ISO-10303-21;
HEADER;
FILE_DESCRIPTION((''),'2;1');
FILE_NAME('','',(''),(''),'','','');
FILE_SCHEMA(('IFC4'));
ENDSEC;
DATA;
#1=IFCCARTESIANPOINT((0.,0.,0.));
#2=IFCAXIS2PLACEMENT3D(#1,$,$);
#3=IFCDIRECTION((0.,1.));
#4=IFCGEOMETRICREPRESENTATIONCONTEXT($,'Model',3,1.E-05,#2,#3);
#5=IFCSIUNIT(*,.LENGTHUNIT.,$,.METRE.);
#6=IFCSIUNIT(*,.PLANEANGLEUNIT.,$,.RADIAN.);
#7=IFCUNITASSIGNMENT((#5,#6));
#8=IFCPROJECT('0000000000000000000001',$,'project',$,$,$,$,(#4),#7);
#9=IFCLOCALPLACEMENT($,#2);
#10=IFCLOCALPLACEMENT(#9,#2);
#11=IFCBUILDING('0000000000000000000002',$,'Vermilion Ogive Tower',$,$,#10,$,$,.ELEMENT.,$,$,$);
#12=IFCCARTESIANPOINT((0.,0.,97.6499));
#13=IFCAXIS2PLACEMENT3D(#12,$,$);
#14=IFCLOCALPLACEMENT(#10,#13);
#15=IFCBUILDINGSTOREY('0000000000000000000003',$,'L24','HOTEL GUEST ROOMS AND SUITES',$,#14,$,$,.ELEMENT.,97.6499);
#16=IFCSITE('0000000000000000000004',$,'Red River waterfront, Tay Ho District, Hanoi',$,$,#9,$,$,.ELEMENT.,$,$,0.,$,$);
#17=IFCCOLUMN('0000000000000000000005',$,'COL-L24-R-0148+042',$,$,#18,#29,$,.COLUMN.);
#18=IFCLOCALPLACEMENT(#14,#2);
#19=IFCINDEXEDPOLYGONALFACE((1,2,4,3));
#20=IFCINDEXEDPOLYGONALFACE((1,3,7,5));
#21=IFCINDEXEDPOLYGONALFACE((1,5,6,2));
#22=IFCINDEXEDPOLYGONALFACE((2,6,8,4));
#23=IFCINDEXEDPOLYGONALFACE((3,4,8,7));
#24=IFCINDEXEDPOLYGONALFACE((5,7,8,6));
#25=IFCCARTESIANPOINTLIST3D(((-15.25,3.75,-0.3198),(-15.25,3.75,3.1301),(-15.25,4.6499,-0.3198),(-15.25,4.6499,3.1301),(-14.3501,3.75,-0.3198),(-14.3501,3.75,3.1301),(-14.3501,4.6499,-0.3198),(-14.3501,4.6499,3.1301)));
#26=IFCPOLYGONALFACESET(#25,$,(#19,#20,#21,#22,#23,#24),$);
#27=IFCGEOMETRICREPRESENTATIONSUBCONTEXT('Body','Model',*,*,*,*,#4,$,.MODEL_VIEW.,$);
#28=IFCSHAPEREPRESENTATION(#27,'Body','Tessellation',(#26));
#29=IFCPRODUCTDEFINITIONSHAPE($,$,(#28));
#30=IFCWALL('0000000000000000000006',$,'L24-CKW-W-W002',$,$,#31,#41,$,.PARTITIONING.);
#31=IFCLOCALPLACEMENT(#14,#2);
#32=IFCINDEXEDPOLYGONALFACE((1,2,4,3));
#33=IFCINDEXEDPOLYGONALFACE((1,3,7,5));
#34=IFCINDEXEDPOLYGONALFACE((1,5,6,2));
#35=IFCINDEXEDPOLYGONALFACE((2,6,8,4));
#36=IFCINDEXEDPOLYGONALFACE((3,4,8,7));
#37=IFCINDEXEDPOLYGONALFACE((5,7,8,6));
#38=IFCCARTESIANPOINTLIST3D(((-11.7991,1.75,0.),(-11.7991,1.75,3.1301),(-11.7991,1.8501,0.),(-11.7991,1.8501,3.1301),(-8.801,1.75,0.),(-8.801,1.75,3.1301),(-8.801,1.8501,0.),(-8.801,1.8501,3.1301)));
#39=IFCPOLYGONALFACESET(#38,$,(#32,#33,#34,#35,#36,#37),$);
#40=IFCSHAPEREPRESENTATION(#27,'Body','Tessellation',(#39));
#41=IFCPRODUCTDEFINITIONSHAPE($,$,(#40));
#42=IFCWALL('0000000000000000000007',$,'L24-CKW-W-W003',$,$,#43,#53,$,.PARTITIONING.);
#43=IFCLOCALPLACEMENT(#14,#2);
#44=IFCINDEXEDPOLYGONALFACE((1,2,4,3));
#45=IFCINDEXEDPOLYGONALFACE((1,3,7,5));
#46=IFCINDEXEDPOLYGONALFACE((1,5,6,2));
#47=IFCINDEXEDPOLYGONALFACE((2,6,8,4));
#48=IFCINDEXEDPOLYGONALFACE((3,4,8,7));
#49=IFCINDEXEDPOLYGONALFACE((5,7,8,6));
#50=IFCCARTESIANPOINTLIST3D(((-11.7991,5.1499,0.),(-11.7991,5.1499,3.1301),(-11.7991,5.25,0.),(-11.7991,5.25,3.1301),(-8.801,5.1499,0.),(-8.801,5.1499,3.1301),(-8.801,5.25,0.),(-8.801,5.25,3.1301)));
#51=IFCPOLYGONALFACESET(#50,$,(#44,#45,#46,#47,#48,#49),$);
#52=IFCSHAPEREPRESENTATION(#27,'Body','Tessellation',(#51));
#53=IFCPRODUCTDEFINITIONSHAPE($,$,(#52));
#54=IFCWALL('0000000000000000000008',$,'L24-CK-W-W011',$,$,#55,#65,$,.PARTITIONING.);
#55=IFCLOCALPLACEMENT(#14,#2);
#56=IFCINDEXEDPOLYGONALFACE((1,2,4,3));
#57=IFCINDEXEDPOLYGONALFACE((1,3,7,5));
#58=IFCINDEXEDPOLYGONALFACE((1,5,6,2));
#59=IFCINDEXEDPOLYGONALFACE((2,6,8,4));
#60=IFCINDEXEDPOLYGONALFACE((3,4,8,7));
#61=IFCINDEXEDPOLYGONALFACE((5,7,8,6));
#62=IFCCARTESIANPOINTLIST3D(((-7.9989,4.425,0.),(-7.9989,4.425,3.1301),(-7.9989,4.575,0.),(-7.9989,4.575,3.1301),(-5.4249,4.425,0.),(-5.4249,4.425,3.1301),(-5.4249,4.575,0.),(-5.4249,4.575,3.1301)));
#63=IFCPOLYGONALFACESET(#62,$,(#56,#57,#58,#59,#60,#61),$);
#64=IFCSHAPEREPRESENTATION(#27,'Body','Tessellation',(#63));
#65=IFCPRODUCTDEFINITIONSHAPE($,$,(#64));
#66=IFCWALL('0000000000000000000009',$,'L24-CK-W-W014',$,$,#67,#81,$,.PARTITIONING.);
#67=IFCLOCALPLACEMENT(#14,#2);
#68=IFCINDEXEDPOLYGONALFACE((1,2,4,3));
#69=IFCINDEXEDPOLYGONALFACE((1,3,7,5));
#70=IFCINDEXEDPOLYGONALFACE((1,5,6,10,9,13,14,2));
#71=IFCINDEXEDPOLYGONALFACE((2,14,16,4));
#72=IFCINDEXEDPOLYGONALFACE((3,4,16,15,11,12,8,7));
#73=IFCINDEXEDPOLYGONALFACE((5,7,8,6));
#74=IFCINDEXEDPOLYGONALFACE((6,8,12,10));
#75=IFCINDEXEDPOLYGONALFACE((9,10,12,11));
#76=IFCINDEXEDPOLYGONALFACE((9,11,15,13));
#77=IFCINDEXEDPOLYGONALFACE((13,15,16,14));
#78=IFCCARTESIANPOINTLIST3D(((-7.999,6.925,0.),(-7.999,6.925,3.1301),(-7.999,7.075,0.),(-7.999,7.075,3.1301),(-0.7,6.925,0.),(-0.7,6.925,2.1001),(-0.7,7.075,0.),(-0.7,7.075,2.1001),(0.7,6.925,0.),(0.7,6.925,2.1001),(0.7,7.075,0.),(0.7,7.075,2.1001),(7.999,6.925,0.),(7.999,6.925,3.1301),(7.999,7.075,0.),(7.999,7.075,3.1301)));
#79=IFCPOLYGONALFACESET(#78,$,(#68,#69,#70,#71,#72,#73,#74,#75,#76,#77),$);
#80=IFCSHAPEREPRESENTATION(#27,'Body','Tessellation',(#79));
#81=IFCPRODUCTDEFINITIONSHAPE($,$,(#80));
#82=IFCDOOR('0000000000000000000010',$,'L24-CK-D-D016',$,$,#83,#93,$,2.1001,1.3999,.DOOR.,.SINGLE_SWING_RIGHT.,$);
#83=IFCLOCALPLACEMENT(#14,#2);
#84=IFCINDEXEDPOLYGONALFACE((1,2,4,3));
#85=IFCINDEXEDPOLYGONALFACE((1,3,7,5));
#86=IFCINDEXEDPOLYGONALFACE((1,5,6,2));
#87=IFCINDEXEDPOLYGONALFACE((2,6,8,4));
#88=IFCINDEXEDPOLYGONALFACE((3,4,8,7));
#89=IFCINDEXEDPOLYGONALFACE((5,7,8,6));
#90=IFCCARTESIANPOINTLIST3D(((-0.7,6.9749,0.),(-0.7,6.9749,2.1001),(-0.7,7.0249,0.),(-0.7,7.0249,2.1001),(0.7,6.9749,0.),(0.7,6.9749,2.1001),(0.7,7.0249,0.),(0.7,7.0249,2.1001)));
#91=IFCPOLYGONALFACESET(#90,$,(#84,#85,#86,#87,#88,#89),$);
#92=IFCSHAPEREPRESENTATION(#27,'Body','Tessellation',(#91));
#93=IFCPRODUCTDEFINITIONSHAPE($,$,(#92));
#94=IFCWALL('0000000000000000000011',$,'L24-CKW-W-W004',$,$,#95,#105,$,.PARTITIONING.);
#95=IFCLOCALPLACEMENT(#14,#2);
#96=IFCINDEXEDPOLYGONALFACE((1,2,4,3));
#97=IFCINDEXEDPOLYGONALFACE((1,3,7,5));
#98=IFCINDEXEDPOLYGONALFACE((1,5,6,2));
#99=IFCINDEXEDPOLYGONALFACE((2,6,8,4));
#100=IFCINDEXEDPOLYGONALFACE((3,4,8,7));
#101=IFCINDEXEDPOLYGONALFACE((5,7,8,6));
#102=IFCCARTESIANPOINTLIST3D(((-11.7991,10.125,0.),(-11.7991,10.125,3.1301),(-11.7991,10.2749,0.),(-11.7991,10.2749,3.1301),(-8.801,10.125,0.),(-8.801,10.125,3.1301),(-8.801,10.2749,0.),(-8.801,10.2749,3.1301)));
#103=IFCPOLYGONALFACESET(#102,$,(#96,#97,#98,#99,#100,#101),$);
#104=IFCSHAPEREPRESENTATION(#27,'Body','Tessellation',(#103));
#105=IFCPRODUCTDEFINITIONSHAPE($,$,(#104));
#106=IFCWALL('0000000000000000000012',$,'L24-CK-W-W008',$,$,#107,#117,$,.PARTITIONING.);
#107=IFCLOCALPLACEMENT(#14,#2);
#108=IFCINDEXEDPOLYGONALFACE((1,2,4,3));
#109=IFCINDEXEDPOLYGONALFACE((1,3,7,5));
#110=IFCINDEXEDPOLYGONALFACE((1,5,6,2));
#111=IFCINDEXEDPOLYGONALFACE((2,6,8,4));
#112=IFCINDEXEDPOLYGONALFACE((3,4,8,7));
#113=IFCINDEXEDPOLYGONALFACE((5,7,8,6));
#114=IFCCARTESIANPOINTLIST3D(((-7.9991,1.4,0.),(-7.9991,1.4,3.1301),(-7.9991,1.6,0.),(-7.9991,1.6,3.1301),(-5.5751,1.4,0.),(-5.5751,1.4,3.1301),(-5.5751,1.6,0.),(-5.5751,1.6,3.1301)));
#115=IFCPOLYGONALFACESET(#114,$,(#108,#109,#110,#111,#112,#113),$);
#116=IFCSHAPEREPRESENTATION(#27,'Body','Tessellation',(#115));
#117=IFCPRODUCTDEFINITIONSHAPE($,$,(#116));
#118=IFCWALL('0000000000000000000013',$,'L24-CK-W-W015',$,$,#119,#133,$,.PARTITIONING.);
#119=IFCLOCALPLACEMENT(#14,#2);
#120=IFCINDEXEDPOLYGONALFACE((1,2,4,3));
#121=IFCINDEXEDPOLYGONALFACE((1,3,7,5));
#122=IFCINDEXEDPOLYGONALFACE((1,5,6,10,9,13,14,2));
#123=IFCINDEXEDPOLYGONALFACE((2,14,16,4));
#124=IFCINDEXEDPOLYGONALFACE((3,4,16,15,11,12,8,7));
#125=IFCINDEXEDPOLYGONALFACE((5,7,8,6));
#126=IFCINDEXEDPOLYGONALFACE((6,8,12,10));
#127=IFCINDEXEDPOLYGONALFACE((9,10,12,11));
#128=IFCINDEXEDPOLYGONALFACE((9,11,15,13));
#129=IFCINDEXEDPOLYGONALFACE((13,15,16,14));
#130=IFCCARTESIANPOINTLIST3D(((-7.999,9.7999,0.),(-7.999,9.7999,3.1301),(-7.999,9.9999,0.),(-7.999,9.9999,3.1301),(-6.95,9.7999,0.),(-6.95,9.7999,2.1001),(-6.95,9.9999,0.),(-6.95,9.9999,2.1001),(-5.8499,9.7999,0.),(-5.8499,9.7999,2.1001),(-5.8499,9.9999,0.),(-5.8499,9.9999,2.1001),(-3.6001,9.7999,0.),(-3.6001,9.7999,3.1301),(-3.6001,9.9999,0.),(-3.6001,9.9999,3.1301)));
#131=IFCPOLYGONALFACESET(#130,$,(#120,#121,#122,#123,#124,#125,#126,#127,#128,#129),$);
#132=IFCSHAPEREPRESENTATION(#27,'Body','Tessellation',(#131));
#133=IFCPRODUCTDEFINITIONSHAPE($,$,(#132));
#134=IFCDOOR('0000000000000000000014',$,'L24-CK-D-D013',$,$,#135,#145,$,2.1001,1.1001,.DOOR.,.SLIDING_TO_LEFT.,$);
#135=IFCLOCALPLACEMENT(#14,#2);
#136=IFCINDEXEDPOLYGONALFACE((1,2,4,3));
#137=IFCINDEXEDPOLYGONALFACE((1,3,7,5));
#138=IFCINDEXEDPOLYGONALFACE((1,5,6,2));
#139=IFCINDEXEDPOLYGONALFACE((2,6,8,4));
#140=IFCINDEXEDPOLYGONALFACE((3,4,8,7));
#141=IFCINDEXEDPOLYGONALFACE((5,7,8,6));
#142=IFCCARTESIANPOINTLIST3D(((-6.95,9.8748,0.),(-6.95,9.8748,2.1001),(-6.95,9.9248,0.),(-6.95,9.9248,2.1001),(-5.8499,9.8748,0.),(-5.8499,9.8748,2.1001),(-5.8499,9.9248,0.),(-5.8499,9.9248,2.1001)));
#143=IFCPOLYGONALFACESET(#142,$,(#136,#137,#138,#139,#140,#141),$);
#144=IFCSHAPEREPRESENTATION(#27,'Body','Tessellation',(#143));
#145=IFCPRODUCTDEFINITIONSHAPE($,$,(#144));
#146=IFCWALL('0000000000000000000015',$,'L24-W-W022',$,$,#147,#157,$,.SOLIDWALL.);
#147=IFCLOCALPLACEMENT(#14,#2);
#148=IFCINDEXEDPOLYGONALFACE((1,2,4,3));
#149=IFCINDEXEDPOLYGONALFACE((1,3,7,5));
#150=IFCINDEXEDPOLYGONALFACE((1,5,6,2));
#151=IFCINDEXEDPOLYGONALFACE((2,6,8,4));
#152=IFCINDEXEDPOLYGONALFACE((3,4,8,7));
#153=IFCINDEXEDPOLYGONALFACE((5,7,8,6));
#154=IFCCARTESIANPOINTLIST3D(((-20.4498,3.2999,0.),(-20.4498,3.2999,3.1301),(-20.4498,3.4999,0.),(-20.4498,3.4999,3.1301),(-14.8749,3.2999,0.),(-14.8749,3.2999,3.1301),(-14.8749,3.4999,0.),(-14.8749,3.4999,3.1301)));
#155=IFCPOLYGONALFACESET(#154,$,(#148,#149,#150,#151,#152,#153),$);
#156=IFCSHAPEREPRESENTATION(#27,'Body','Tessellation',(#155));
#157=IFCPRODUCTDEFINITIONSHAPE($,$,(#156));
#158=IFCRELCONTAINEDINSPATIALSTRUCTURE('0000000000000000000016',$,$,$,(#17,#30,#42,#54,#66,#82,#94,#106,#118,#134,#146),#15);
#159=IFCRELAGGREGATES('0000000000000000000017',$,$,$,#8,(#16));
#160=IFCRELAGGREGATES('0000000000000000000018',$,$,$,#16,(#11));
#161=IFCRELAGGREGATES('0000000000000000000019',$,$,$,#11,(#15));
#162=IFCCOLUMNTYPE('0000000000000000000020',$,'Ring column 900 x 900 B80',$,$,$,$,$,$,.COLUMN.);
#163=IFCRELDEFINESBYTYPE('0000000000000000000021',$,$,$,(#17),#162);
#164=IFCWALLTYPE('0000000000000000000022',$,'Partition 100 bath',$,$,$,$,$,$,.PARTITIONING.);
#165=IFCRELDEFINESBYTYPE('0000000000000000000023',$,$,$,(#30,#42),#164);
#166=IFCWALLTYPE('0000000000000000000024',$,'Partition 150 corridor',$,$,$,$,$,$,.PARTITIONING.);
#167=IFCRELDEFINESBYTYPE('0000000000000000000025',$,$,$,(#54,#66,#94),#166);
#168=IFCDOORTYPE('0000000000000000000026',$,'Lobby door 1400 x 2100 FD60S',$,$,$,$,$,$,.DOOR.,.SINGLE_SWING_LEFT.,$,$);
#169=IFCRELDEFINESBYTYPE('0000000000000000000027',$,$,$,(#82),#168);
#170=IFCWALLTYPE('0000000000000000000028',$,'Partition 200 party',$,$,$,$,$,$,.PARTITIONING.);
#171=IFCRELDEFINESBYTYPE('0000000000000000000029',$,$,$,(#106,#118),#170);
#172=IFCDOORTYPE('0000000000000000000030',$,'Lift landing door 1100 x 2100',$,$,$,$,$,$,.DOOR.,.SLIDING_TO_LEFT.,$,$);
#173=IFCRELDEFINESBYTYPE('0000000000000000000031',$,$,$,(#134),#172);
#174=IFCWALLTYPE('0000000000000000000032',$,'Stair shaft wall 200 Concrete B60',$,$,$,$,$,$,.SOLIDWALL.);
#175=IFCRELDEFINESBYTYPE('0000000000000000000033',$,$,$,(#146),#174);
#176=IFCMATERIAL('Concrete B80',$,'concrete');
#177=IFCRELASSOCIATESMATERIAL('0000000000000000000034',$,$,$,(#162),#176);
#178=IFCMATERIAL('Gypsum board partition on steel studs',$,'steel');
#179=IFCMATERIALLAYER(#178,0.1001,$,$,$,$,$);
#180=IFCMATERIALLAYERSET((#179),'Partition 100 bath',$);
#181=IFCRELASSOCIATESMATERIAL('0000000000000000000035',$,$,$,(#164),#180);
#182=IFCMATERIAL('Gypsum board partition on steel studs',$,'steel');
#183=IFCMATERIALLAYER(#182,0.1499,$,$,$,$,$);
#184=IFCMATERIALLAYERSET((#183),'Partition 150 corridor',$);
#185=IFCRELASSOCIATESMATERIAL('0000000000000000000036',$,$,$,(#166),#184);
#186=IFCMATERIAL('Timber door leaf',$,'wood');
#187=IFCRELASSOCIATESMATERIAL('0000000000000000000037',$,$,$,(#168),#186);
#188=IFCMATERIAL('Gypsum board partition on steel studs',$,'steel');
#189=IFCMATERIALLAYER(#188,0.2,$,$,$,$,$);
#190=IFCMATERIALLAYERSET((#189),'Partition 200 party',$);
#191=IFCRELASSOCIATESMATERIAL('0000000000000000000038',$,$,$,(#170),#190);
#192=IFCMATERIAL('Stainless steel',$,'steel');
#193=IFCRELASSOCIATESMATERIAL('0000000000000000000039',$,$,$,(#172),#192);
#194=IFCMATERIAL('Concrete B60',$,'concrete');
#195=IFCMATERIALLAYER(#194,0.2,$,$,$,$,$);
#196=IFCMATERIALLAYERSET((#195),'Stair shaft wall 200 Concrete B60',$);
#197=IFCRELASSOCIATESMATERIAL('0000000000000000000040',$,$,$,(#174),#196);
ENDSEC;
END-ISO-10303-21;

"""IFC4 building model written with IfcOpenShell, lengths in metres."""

from ifc_helpers import new_model, si_unit, direction, frame, frame_2d, origin, origin_2d, place, context, subcontext, project, spatial, rectangle, extrude, material, layer, layer_set, material_profile, profile_set, type_object, element, fill, save


model = new_model("IFC4")

# Units and contexts
model_context = context("Model", 3, precision=1e-05, world=origin(), true_north=direction((0.0, 1.0)))
body_context = subcontext(model_context, "Body", "Model", "MODEL_VIEW")
ifc_project = project(units=[si_unit("LENGTHUNIT", "METRE"), si_unit("PLANEANGLEUNIT", "RADIAN")], contexts=[model_context])

# Site, building, storey
site_placement = place(None, origin())
site = spatial("IfcSite", under=ifc_project, at=site_placement, Name="Red River waterfront, Tay Ho District, Hanoi", CompositionType="ELEMENT", RefElevation=0.0)
building_placement = place(site_placement, origin())
building = spatial("IfcBuilding", under=site, at=building_placement, Name="Vermilion Ogive Tower", CompositionType="ELEMENT")
storey_placement = place(building_placement, frame((0.0, 0.0, 97.6499)))
storey = spatial("IfcBuildingStorey", under=building, at=storey_placement, Name="L24", Description="HOTEL GUEST ROOMS AND SUITES", CompositionType="ELEMENT", Elevation=97.6499)

# Column
ifc_material_1 = material(Name="Concrete B80", Category="concrete")
ifc_material_profile = material_profile(ifc_material_1, rectangle(XDim=0.8999, YDim=0.8999, at=origin_2d()), Name="900 x 900")
ifc_profile_set = profile_set([ifc_material_profile], Name="Concrete B80")
column_type = type_object("IfcColumnType", Name="Ring column 900 x 900 B80", PredefinedType="COLUMN", material=ifc_profile_set)
column_placement = place(storey_placement, frame((-14.8, 4.2, -0.3198), z_axis=(0.0, 0.0, 1.0), x_axis=(1.0, 0.0, 0.0)))
element("IfcColumn", 1, at=column_placement, inside=storey, type_object=column_type, Name="COL-L24-R-0148+042", PredefinedType="COLUMN", context=body_context, shape_type="SweptSolid", body=[
    extrude(rectangle(XDim=0.8999, YDim=0.8999, at=origin_2d()), origin(), (0.0, 0.0, 1.0), 3.45),
])

# Walls
ifc_material_2 = material(Name="Gypsum board partition on steel studs", Category="steel")
ifc_layer_1 = layer(ifc_material_2, 0.1001)
ifc_layer_set_1 = layer_set([ifc_layer_1], Name="Partition 100 bath")
wall_type_1 = type_object("IfcWallType", Name="Partition 100 bath", PredefinedType="PARTITIONING", material=ifc_layer_set_1)
for number, where, z_axis, x_axis, name in (
    (2, (-11.7991, 1.8, 0.0), (0.0, 0.0, 1.0), (1.0, 0.0, 0.0), "L24-CKW-W-W002"),
    (3, (-11.7991, 5.2, 0.0), (0.0, 0.0, 1.0), (1.0, 0.0, 0.0), "L24-CKW-W-W003"),
):
    element("IfcWall", number, at=place(storey_placement, frame(where, z_axis=z_axis, x_axis=x_axis)), inside=storey, type_object=wall_type_1, Name=name, PredefinedType="PARTITIONING", context=body_context, shape_type="SweptSolid", body=[
        extrude(rectangle(XDim=2.998, YDim=0.1001, at=frame_2d((1.499, 0.0))), origin(), (0.0, 0.0, 1.0), 3.1301),
    ])
ifc_material_3 = material(Name="Gypsum board partition on steel studs", Category="steel")
ifc_layer_2 = layer(ifc_material_3, 0.1499)
ifc_layer_set_2 = layer_set([ifc_layer_2], Name="Partition 150 corridor")
wall_type_2 = type_object("IfcWallType", Name="Partition 150 corridor", PredefinedType="PARTITIONING", material=ifc_layer_set_2)
wall_1_placement = place(storey_placement, frame((-7.999, 4.5, 0.0), z_axis=(0.0, 0.0, 1.0), x_axis=(1.0, 0.0, 0.0)))
element("IfcWall", 4, at=wall_1_placement, inside=storey, type_object=wall_type_2, Name="L24-CK-W-W011", PredefinedType="PARTITIONING", context=body_context, shape_type="SweptSolid", body=[
    extrude(rectangle(XDim=2.574, YDim=0.1499, at=frame_2d((1.2871, 0.0))), origin(), (0.0, 0.0, 1.0), 3.1301),
])

# Wall, opening, door
wall_2_placement = place(storey_placement, frame((-7.999, 7.0, 0.0), z_axis=(0.0, 0.0, 1.0), x_axis=(1.0, 0.0, 0.0)))
wall_2 = element("IfcWall", 5, at=wall_2_placement, inside=storey, type_object=wall_type_2, Name="L24-CK-W-W014", PredefinedType="PARTITIONING", context=body_context, shape_type="SweptSolid", body=[
    extrude(rectangle(XDim=15.998, YDim=0.1499, at=frame_2d((7.999, 0.0))), origin(), (0.0, 0.0, 1.0), 3.1301),
])
opening_1_placement = place(wall_2_placement, frame((7.2991, 0.0, 0.0)))
opening_1 = element("IfcOpeningElement", 6, at=opening_1_placement, cuts=wall_2, PredefinedType="OPENING", context=body_context, shape_type="SweptSolid", body=[
    extrude(rectangle(XDim=1.3999, YDim=2.1001, at=frame_2d((0.7, 1.05))), frame((0.0, 0.085, 0.0), z_axis=(0.0, -1.0, 0.0), x_axis=(1.0, 0.0, 0.0)), (0.0, 0.0, 1.0), 0.1699),
])
ifc_material_4 = material(Name="Timber door leaf", Category="wood")
door_type_1 = type_object("IfcDoorType", Name="Lobby door 1400 x 2100 FD60S", OperationType="SINGLE_SWING_LEFT", PredefinedType="DOOR", material=ifc_material_4)
door_1_placement = place(opening_1_placement, origin())
door_1 = element("IfcDoor", 7, at=door_1_placement, inside=storey, type_object=door_type_1, Name="L24-CK-D-D016", OperationType="SINGLE_SWING_RIGHT", OverallHeight=2.1001, OverallWidth=1.3999, PredefinedType="DOOR", context=body_context, shape_type="SweptSolid", body=[
    extrude(rectangle(XDim=1.3999, YDim=2.1001, at=frame_2d((0.7, 1.05))), frame((0.0, 0.0249, 0.0), z_axis=(0.0, -1.0, 0.0), x_axis=(1.0, 0.0, 0.0)), (0.0, 0.0, 1.0), 0.05),
])
fill(opening_1, door_1)

# Walls
wall_3_placement = place(storey_placement, frame((-11.7991, 10.2, 0.0), z_axis=(0.0, 0.0, 1.0), x_axis=(1.0, 0.0, 0.0)))
element("IfcWall", 8, at=wall_3_placement, inside=storey, type_object=wall_type_2, Name="L24-CKW-W-W004", PredefinedType="PARTITIONING", context=body_context, shape_type="SweptSolid", body=[
    extrude(rectangle(XDim=2.998, YDim=0.1499, at=frame_2d((1.499, 0.0))), origin(), (0.0, 0.0, 1.0), 3.1301),
])
ifc_material_5 = material(Name="Gypsum board partition on steel studs", Category="steel")
ifc_layer_3 = layer(ifc_material_5, 0.2)
ifc_layer_set_3 = layer_set([ifc_layer_3], Name="Partition 200 party")
wall_type_3 = type_object("IfcWallType", Name="Partition 200 party", PredefinedType="PARTITIONING", material=ifc_layer_set_3)
wall_4_placement = place(storey_placement, frame((-7.999, 1.5, 0.0), z_axis=(0.0, 0.0, 1.0), x_axis=(1.0, 0.0, 0.0)))
element("IfcWall", 9, at=wall_4_placement, inside=storey, type_object=wall_type_3, Name="L24-CK-W-W008", PredefinedType="PARTITIONING", context=body_context, shape_type="SweptSolid", body=[
    extrude(rectangle(XDim=2.4241, YDim=0.2, at=frame_2d((1.2119, 0.0))), origin(), (0.0, 0.0, 1.0), 3.1301),
])

# Wall, opening, door
wall_5_placement = place(storey_placement, frame((-7.999, 9.8999, 0.0), z_axis=(0.0, 0.0, 1.0), x_axis=(1.0, 0.0, 0.0)))
wall_5 = element("IfcWall", 10, at=wall_5_placement, inside=storey, type_object=wall_type_3, Name="L24-CK-W-W015", PredefinedType="PARTITIONING", context=body_context, shape_type="SweptSolid", body=[
    extrude(rectangle(XDim=4.3989, YDim=0.2, at=frame_2d((2.1995, 0.0))), origin(), (0.0, 0.0, 1.0), 3.1301),
])
opening_2_placement = place(wall_5_placement, frame((1.0491, 0.0, 0.0)))
opening_2 = element("IfcOpeningElement", 11, at=opening_2_placement, cuts=wall_5, PredefinedType="OPENING", context=body_context, shape_type="SweptSolid", body=[
    extrude(rectangle(XDim=1.1001, YDim=2.1001, at=frame_2d((0.55, 1.05))), frame((0.0, 0.1099, 0.0), z_axis=(0.0, -1.0, 0.0), x_axis=(1.0, 0.0, 0.0)), (0.0, 0.0, 1.0), 0.22),
])
ifc_material_6 = material(Name="Stainless steel", Category="steel")
door_type_2 = type_object("IfcDoorType", Name="Lift landing door 1100 x 2100", OperationType="SLIDING_TO_LEFT", PredefinedType="DOOR", material=ifc_material_6)
door_2_placement = place(opening_2_placement, origin())
door_2 = element("IfcDoor", 12, at=door_2_placement, inside=storey, type_object=door_type_2, Name="L24-CK-D-D013", OperationType="SLIDING_TO_LEFT", OverallHeight=2.1001, OverallWidth=1.1001, PredefinedType="DOOR", context=body_context, shape_type="SweptSolid", body=[
    extrude(rectangle(XDim=1.1001, YDim=2.1001, at=frame_2d((0.55, 1.05))), frame((0.0, 0.0249, 0.0), z_axis=(0.0, -1.0, 0.0), x_axis=(1.0, 0.0, 0.0)), (0.0, 0.0, 1.0), 0.05),
])
fill(opening_2, door_2)

# Wall
ifc_material_7 = material(Name="Concrete B60", Category="concrete")
ifc_layer_4 = layer(ifc_material_7, 0.2)
ifc_layer_set_4 = layer_set([ifc_layer_4], Name="Stair shaft wall 200 Concrete B60")
wall_type_4 = type_object("IfcWallType", Name="Stair shaft wall 200 Concrete B60", PredefinedType="SOLIDWALL", material=ifc_layer_set_4)
wall_6_placement = place(storey_placement, frame((-20.45, 3.3999, 0.0), z_axis=(0.0, 0.0, 1.0), x_axis=(1.0, 0.0, 0.0)))
element("IfcWall", 13, at=wall_6_placement, inside=storey, type_object=wall_type_4, Name="L24-W-W022", PredefinedType="SOLIDWALL", context=body_context, shape_type="SweptSolid", body=[
    extrude(rectangle(XDim=5.575, YDim=0.2, at=frame_2d((2.7876, 0.0))), origin(), (0.0, 0.0, 1.0), 3.1301),
])

save(model, "model.ifc")
